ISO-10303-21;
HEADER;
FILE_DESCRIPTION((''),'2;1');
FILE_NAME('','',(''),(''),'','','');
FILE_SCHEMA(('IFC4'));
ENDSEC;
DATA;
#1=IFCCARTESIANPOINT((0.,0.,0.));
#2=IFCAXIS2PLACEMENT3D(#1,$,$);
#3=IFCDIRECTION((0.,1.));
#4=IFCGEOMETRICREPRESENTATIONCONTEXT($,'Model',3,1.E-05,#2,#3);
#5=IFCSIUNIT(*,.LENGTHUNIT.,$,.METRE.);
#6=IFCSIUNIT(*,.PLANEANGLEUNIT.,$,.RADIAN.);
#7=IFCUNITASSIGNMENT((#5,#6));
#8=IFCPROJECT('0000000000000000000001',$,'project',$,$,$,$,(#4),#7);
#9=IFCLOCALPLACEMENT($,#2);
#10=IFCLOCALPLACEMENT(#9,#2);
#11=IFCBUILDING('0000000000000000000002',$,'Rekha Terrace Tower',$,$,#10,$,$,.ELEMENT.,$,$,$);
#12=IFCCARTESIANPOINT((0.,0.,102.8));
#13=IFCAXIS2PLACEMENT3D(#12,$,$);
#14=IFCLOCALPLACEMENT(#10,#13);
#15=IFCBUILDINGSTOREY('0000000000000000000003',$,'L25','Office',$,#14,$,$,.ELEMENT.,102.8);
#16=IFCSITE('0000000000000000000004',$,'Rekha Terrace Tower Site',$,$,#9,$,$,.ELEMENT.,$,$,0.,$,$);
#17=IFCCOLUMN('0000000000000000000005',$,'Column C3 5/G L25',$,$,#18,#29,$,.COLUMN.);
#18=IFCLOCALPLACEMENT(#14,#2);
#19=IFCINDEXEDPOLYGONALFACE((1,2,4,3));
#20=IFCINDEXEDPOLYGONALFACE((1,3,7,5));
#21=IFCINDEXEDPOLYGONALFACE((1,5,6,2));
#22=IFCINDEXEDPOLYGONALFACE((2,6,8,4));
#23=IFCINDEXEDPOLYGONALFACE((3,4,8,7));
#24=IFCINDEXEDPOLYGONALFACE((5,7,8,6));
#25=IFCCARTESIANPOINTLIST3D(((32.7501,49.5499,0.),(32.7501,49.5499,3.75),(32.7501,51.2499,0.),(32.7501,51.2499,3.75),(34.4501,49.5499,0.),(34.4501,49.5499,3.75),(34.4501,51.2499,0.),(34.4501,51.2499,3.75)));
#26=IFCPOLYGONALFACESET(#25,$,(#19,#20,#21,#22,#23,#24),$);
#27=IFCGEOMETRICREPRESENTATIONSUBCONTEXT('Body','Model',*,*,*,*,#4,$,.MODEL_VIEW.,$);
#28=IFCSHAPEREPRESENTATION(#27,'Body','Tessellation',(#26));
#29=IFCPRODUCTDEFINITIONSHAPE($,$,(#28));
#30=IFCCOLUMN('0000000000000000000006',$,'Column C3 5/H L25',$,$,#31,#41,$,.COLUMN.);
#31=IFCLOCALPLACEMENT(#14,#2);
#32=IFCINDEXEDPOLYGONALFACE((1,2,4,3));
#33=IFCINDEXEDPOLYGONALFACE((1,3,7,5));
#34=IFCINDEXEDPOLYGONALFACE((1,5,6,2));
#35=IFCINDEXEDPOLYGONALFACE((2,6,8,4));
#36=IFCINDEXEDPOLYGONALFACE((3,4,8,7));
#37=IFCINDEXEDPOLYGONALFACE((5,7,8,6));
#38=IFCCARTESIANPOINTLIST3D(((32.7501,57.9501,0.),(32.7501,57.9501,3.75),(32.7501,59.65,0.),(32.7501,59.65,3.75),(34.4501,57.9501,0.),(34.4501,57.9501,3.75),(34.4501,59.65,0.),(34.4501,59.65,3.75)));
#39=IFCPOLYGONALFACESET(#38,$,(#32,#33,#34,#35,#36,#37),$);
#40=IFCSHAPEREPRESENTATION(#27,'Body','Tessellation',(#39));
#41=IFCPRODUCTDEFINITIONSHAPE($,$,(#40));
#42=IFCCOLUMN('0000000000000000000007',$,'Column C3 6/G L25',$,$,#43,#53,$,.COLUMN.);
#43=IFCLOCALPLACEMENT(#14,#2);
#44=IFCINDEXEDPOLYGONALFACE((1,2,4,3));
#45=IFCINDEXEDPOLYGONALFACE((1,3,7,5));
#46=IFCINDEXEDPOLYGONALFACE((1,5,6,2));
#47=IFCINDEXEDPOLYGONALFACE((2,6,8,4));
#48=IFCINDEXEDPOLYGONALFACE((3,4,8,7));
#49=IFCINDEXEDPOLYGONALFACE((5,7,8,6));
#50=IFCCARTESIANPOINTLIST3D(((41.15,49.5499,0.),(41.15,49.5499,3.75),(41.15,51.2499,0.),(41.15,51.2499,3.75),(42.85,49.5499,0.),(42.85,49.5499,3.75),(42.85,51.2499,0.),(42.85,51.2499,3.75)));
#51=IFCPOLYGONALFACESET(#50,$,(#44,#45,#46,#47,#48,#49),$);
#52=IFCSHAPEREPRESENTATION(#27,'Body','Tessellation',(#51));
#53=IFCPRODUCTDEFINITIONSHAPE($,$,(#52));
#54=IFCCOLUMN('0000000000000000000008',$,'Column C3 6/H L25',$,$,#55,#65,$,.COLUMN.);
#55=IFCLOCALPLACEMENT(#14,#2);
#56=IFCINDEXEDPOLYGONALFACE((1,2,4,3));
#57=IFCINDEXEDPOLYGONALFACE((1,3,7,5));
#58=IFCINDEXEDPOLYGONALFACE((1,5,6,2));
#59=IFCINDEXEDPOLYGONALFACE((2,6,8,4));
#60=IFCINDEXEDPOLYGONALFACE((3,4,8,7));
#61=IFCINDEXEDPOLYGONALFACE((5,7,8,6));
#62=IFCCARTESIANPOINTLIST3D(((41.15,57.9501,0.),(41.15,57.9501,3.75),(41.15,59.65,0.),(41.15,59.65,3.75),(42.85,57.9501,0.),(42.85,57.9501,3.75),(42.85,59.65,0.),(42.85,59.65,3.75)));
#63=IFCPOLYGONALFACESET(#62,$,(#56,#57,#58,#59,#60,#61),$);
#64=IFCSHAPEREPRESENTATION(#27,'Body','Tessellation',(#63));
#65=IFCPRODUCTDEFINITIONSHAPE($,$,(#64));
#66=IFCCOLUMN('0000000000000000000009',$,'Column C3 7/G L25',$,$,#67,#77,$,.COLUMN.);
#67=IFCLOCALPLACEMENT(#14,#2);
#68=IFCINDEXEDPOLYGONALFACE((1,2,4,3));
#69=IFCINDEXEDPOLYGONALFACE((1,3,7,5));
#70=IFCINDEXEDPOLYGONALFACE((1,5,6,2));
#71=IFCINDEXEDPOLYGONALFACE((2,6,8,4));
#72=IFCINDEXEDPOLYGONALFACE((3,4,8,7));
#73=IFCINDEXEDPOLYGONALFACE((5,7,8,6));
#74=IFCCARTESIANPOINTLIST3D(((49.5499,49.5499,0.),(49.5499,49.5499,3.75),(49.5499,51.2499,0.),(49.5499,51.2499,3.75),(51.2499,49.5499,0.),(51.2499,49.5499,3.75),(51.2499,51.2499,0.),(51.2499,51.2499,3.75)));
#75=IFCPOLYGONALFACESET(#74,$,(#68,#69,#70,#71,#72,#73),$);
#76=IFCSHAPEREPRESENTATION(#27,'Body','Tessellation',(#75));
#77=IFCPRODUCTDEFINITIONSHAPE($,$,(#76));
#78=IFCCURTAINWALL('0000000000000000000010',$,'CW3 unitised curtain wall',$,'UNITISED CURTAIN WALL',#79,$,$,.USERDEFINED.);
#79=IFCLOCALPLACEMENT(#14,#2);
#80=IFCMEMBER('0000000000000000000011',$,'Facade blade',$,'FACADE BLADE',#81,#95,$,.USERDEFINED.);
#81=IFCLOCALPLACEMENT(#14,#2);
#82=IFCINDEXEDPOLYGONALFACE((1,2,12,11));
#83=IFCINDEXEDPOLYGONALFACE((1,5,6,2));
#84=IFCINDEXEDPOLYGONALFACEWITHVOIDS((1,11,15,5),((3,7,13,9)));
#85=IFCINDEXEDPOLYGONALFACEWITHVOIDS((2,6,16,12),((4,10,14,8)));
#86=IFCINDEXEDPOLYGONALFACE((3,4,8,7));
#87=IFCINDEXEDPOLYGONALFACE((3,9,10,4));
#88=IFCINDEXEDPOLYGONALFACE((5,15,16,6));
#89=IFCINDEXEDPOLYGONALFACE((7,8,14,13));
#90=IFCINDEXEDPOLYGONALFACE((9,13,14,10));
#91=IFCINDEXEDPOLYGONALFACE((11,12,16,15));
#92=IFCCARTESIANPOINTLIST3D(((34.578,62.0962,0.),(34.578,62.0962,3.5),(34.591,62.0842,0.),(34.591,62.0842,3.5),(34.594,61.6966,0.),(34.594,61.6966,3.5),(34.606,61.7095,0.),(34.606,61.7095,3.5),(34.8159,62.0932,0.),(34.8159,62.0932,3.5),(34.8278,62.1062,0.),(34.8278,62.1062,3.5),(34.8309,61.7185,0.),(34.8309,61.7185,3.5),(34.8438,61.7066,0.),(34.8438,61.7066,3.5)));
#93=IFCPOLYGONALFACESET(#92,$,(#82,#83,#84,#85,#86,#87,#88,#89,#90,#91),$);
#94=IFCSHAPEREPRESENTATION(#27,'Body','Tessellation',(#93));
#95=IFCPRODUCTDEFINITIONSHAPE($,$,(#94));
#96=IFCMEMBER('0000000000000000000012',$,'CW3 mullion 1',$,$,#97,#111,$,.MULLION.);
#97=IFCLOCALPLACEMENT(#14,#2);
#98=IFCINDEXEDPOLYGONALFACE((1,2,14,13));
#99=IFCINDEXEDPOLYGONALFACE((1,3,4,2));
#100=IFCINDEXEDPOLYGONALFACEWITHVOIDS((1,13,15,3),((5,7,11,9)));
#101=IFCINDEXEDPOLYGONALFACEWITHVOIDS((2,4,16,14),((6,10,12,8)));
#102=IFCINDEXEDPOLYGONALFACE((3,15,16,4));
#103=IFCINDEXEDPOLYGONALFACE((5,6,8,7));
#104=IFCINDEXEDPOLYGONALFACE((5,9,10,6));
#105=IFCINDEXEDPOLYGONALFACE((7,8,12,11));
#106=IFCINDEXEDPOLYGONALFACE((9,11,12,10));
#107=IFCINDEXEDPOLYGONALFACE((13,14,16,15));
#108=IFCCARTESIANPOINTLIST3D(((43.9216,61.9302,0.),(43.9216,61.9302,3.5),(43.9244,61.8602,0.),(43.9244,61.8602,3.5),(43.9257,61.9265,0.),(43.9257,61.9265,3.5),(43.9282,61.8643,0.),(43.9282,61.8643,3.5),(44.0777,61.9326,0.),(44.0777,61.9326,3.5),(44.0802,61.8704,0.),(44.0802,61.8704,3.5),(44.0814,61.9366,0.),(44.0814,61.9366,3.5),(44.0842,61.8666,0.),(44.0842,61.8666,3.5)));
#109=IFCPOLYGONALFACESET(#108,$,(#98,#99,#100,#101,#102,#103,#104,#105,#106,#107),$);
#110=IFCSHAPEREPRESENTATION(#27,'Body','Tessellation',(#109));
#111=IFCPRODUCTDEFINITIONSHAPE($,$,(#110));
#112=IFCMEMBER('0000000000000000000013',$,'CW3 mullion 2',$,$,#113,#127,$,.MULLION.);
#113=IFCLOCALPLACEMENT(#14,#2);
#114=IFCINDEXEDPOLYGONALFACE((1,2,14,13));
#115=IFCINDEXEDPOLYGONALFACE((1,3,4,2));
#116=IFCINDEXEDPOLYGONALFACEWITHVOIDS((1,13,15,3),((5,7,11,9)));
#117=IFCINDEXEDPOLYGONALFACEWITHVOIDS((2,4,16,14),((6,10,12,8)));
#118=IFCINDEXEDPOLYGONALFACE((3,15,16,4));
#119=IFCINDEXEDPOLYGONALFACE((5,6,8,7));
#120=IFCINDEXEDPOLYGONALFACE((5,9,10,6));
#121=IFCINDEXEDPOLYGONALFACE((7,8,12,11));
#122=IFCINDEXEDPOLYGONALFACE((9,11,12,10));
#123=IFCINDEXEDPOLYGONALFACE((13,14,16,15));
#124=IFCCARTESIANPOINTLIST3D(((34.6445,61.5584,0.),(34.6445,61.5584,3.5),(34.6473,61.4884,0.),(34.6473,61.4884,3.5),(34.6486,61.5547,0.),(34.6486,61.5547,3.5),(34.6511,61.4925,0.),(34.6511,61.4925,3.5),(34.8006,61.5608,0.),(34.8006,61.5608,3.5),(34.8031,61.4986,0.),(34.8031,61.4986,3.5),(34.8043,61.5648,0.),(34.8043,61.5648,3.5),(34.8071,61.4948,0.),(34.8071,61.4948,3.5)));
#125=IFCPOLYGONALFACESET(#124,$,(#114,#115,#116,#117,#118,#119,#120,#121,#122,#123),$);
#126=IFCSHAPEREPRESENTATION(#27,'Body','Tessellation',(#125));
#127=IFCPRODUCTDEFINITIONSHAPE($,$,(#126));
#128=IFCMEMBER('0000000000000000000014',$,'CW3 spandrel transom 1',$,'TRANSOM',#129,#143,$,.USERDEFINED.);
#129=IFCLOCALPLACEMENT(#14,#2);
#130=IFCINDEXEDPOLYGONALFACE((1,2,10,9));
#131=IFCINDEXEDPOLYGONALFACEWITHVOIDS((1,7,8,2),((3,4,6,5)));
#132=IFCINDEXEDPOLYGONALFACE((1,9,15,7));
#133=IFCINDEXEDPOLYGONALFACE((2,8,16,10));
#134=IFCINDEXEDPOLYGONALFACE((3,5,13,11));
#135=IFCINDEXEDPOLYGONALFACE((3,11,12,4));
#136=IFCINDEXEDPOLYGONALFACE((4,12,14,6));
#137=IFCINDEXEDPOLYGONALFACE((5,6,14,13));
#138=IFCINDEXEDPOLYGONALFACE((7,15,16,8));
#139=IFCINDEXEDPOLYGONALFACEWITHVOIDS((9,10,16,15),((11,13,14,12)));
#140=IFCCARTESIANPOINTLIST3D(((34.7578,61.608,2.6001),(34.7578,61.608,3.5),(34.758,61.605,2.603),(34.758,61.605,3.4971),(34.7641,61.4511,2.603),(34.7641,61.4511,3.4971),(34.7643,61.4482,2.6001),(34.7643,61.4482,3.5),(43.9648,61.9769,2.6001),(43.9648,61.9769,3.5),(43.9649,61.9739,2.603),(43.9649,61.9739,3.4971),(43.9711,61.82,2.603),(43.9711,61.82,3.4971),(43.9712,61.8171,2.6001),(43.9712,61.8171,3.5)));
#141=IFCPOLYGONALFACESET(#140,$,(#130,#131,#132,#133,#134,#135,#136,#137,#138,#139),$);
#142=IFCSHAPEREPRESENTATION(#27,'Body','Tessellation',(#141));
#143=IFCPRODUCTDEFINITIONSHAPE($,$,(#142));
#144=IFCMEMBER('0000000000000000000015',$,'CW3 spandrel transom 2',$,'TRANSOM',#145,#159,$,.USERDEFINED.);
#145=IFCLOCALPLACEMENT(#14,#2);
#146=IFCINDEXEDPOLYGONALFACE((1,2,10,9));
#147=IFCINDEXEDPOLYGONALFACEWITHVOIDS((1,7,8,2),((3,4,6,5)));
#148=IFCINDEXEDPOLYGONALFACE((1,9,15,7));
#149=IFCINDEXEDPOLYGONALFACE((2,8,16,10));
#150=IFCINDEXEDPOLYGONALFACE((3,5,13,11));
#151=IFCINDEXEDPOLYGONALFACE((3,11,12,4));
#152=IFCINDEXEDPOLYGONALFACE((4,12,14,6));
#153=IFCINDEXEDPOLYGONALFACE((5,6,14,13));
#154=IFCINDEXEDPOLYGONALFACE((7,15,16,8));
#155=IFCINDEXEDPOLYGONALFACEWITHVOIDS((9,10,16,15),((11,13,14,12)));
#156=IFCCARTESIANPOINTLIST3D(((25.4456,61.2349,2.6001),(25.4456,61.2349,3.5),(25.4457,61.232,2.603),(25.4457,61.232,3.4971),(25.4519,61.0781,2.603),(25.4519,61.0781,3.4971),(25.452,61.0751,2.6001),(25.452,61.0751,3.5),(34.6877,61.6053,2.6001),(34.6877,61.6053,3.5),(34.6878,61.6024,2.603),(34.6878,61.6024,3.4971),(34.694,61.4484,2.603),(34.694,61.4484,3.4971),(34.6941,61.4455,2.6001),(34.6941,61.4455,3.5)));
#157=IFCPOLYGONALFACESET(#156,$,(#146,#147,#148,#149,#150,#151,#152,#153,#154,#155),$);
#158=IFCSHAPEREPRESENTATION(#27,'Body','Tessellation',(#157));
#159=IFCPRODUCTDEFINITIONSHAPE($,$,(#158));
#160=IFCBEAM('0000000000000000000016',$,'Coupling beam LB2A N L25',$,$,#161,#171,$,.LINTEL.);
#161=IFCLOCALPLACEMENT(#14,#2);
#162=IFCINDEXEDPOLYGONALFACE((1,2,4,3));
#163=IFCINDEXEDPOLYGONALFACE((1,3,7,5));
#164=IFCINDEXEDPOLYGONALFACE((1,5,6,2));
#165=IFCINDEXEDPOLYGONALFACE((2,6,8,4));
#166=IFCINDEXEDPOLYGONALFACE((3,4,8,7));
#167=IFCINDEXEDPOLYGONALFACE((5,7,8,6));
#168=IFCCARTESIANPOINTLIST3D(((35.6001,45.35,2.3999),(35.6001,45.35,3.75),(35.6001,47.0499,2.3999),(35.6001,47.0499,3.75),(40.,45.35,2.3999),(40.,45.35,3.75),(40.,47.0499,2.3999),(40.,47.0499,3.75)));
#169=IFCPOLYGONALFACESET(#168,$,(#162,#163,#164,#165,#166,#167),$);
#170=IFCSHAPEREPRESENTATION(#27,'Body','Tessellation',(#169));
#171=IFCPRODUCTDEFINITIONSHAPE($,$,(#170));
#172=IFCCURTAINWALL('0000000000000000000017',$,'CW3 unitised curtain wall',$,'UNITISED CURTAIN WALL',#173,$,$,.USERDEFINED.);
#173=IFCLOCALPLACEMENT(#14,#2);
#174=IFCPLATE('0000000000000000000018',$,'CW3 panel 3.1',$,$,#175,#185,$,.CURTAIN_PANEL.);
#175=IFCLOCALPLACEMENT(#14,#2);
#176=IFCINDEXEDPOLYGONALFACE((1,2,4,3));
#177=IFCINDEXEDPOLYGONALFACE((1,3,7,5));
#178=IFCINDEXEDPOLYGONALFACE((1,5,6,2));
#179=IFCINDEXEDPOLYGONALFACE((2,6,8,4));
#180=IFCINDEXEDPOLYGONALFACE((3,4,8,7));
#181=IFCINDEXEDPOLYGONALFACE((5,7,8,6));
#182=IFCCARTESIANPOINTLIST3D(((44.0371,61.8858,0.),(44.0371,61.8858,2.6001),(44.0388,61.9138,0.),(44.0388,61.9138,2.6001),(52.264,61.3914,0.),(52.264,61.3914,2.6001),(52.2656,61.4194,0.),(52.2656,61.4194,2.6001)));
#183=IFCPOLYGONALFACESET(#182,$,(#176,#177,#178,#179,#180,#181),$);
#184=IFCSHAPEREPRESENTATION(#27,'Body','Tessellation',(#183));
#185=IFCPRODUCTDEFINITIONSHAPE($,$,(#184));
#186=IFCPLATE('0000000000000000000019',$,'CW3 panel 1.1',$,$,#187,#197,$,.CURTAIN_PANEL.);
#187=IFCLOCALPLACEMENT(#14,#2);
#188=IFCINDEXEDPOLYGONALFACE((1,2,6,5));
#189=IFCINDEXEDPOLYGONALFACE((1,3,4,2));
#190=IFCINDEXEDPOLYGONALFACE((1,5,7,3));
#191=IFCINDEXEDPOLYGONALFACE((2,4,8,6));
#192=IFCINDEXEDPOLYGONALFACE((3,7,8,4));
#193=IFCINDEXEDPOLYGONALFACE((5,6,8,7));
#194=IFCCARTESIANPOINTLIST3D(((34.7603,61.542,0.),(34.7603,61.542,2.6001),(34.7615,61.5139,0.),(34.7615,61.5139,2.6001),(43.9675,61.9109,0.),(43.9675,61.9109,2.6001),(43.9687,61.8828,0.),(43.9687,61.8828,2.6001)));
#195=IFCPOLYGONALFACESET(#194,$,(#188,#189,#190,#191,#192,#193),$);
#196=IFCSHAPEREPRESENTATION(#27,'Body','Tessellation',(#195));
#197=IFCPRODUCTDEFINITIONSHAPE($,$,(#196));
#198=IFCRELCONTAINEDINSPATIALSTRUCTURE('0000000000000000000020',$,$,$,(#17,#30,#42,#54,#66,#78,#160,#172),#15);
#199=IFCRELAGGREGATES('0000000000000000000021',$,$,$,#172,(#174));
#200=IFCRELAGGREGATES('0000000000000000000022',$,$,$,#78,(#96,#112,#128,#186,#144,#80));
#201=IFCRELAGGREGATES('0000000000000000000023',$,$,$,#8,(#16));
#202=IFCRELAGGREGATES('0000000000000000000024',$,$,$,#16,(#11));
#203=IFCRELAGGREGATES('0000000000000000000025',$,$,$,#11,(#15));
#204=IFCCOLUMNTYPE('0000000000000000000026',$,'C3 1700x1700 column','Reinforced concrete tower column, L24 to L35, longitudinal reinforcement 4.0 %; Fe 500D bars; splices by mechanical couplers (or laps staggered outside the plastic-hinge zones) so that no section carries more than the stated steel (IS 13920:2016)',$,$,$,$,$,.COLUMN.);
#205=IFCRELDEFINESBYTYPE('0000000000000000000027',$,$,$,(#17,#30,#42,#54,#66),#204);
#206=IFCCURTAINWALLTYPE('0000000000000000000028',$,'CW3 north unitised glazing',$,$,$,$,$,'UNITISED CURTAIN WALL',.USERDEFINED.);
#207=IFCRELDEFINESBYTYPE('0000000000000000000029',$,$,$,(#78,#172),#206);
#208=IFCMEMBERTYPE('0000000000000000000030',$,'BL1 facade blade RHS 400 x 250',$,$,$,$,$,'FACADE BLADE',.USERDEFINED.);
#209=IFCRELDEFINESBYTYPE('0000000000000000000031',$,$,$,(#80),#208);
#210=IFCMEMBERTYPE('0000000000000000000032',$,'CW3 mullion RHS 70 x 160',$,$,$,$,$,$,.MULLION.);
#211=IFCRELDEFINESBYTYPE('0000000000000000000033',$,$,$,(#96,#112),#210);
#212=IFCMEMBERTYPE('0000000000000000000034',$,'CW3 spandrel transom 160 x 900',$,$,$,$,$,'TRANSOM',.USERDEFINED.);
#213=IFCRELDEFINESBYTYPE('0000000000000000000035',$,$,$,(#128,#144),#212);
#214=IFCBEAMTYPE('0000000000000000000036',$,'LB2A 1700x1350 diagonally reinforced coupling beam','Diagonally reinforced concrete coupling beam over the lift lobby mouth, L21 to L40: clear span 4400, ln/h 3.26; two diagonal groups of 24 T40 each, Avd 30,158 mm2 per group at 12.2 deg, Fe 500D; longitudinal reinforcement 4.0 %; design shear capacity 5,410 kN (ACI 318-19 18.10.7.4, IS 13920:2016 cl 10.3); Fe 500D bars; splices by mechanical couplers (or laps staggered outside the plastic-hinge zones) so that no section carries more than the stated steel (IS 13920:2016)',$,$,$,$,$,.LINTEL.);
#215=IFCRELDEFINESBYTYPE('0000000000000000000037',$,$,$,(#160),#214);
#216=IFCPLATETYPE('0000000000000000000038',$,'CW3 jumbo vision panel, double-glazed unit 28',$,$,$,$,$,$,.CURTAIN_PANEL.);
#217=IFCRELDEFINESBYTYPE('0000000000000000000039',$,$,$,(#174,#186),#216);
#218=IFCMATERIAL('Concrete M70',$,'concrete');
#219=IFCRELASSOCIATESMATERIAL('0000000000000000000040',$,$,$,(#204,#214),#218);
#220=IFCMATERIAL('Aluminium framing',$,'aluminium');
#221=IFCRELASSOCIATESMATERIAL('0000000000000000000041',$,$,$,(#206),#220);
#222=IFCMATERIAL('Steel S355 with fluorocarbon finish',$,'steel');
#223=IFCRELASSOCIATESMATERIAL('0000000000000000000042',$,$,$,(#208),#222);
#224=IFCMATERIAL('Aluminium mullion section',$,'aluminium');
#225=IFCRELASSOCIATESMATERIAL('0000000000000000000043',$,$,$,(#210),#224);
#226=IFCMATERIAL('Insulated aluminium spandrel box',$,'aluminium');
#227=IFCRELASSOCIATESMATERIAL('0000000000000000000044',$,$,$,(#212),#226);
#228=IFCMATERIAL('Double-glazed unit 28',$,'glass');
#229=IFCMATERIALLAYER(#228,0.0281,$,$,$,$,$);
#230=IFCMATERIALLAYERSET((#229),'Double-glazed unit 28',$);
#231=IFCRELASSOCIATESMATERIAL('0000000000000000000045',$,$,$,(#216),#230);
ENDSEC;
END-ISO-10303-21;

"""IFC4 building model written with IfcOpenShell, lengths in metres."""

from ifc_helpers import new_model, si_unit, direction, frame, origin, origin_2d, place, context, subcontext, project, spatial, rectangle, hollow_rectangle, extrude, material, layer, layer_set, material_profile, profile_set, type_object, element, aggregate, save


model = new_model("IFC4")

# Units and contexts
model_context = context("Model", 3, precision=1e-05, world=origin(), true_north=direction((0.0, 1.0)))
body_context = subcontext(model_context, "Body", "Model", "MODEL_VIEW")
ifc_project = project(units=[si_unit("LENGTHUNIT", "METRE"), si_unit("PLANEANGLEUNIT", "RADIAN")], contexts=[model_context])

# Site, building, storey
site_placement = place(None, origin())
site = spatial("IfcSite", under=ifc_project, at=site_placement, Name="Rekha Terrace Tower Site", CompositionType="ELEMENT", RefElevation=0.0)
building_placement = place(site_placement, origin())
building = spatial("IfcBuilding", under=site, at=building_placement, Name="Rekha Terrace Tower", CompositionType="ELEMENT")
storey_placement = place(building_placement, frame((0.0, 0.0, 102.8)))
storey = spatial("IfcBuildingStorey", under=building, at=storey_placement, Name="L25", Description="Office", CompositionType="ELEMENT", Elevation=102.8)

# Columns
ifc_material_1 = material(Name="Concrete M70", Category="concrete")
ifc_material_profile_1 = material_profile(ifc_material_1, rectangle(XDim=1.7, YDim=1.7, at=origin_2d()), Name="RC 1700x1700")
ifc_profile_set_1 = profile_set([ifc_material_profile_1], Name="Concrete M70")
column_type = type_object("IfcColumnType", Name="C3 1700x1700 column", Description="Reinforced concrete tower column, L24 to L35, longitudinal reinforcement 4.0 %; Fe 500D bars; splices by mechanical couplers (or laps staggered outside the plastic-hinge zones) so that no section carries more than the stated steel (IS 13920:2016)", PredefinedType="COLUMN", material=ifc_profile_set_1)
for number, where, z_axis, x_axis, name in (
    (1, (33.6001, 50.3999, 0.0), (0.0, 0.0, 1.0), (1.0, 0.0, 0.0), "Column C3 5/G L25"),
    (2, (33.6001, 58.8, 0.0), (0.0, 0.0, 1.0), (1.0, 0.0, 0.0), "Column C3 5/H L25"),
    (3, (42.0, 50.3999, 0.0), (0.0, 0.0, 1.0), (1.0, 0.0, 0.0), "Column C3 6/G L25"),
    (4, (42.0, 58.8, 0.0), (0.0, 0.0, 1.0), (1.0, 0.0, 0.0), "Column C3 6/H L25"),
    (5, (50.3999, 50.3999, 0.0), (0.0, 0.0, 1.0), (1.0, 0.0, 0.0), "Column C3 7/G L25"),
):
    element("IfcColumn", number, at=place(storey_placement, frame(where, z_axis=z_axis, x_axis=x_axis)), inside=storey, type_object=column_type, Name=name, PredefinedType="COLUMN", context=body_context, shape_type="SweptSolid", body=[
        extrude(rectangle(XDim=1.7, YDim=1.7, at=origin_2d()), origin(), (0.0, 0.0, 1.0), 3.75),
    ])

# Curtain wall, members
ifc_material_2 = material(Name="Aluminium framing", Category="aluminium")
curtain_wall_type = type_object("IfcCurtainWallType", Name="CW3 north unitised glazing", ElementType="UNITISED CURTAIN WALL", PredefinedType="USERDEFINED", material=ifc_material_2)
curtain_wall_1_placement = place(storey_placement, origin())
curtain_wall_1 = element("IfcCurtainWall", 6, at=curtain_wall_1_placement, inside=storey, type_object=curtain_wall_type, Name="CW3 unitised curtain wall", ObjectType="UNITISED CURTAIN WALL", PredefinedType="USERDEFINED")
ifc_material_3 = material(Name="Steel S355 with fluorocarbon finish", Category="steel")
ifc_material_profile_2 = material_profile(ifc_material_3, hollow_rectangle(XDim=0.25, YDim=0.3999, WallThickness=0.0125, at=origin_2d()), Name="RHS400x250x12.5")
ifc_profile_set_2 = profile_set([ifc_material_profile_2], Name="Steel S355 with fluorocarbon finish")
member_type_1 = type_object("IfcMemberType", Name="BL1 facade blade RHS 400 x 250", ElementType="FACADE BLADE", PredefinedType="USERDEFINED", material=ifc_profile_set_2)
member_1_placement = place(storey_placement, frame((34.7109, 61.9014, 0.0), z_axis=(0.0, 0.0, 1.0), x_axis=(-0.999198, -0.040032, 0.0)))
member_1 = element("IfcMember", 7, at=member_1_placement, type_object=member_type_1, Name="Facade blade", ObjectType="FACADE BLADE", PredefinedType="USERDEFINED", context=body_context, shape_type="SweptSolid", body=[
    extrude(hollow_rectangle(XDim=0.25, YDim=0.3999, WallThickness=0.0125, at=origin_2d()), origin(), (0.0, 0.0, 1.0), 3.5),
])
ifc_material_4 = material(Name="Aluminium mullion section", Category="aluminium")
ifc_material_profile_3 = material_profile(ifc_material_4, hollow_rectangle(XDim=0.0701, YDim=0.1599, WallThickness=0.0039, at=origin_2d()), Name="AL RHS 70x160")
ifc_profile_set_3 = profile_set([ifc_material_profile_3], Name="Aluminium mullion section")
member_type_2 = type_object("IfcMemberType", Name="CW3 mullion RHS 70 x 160", PredefinedType="MULLION", material=ifc_profile_set_3)
member_2_placement = place(storey_placement, frame((44.0029, 61.8984, 0.0), z_axis=(0.0, 0.0, 1.0), x_axis=(0.040032, -0.999198, 0.0)))
member_2 = element("IfcMember", 8, at=member_2_placement, type_object=member_type_2, Name="CW3 mullion 1", PredefinedType="MULLION", context=body_context, shape_type="SweptSolid", body=[
    extrude(hollow_rectangle(XDim=0.0701, YDim=0.1599, WallThickness=0.0039, at=origin_2d()), origin(), (0.0, 0.0, 1.0), 3.5),
])
member_3_placement = place(storey_placement, frame((34.7258, 61.5266, 0.0), z_axis=(0.0, 0.0, 1.0), x_axis=(0.040032, -0.999198, 0.0)))
member_3 = element("IfcMember", 9, at=member_3_placement, type_object=member_type_2, Name="CW3 mullion 2", PredefinedType="MULLION", context=body_context, shape_type="SweptSolid", body=[
    extrude(hollow_rectangle(XDim=0.0701, YDim=0.1599, WallThickness=0.0039, at=origin_2d()), origin(), (0.0, 0.0, 1.0), 3.5),
])
ifc_material_5 = material(Name="Insulated aluminium spandrel box", Category="aluminium")
ifc_material_profile_4 = material_profile(ifc_material_5, hollow_rectangle(XDim=0.1599, YDim=0.8999, WallThickness=0.0029, at=origin_2d()), Name="AL SPANDREL BOX 160x900")
ifc_profile_set_4 = profile_set([ifc_material_profile_4], Name="Insulated aluminium spandrel box")
member_type_3 = type_object("IfcMemberType", Name="CW3 spandrel transom 160 x 900", ElementType="TRANSOM", PredefinedType="USERDEFINED", material=ifc_profile_set_4)
member_4_placement = place(storey_placement, frame((43.968, 61.897, 3.05), z_axis=(-0.999198, -0.040035, 0.0), x_axis=(0.040035, -0.999198, 0.0)))
member_4 = element("IfcMember", 10, at=member_4_placement, type_object=member_type_3, Name="CW3 spandrel transom 1", ObjectType="TRANSOM", PredefinedType="USERDEFINED", context=body_context, shape_type="SweptSolid", body=[
    extrude(hollow_rectangle(XDim=0.1599, YDim=0.8999, WallThickness=0.0029, at=origin_2d()), origin(), (0.0, 0.0, 1.0), 9.2144),
])
member_5_placement = place(storey_placement, frame((34.6909, 61.5254, 3.05), z_axis=(-0.999198, -0.040041, 0.0), x_axis=(0.040041, -0.999198, 0.0)))
member_5 = element("IfcMember", 11, at=member_5_placement, type_object=member_type_3, Name="CW3 spandrel transom 2", ObjectType="TRANSOM", PredefinedType="USERDEFINED", context=body_context, shape_type="SweptSolid", body=[
    extrude(hollow_rectangle(XDim=0.1599, YDim=0.8999, WallThickness=0.0029, at=origin_2d()), origin(), (0.0, 0.0, 1.0), 9.2495),
])

# Beam
ifc_material_profile_5 = material_profile(ifc_material_1, rectangle(XDim=1.7, YDim=1.3501, at=origin_2d()), Name="RC 1700x1350")
ifc_profile_set_5 = profile_set([ifc_material_profile_5], Name="Concrete M70")
beam_type = type_object("IfcBeamType", Name="LB2A 1700x1350 diagonally reinforced coupling beam", Description="Diagonally reinforced concrete coupling beam over the lift lobby mouth, L21 to L40: clear span 4400, ln/h 3.26; two diagonal groups of 24 T40 each, Avd 30,158 mm2 per group at 12.2 deg, Fe 500D; longitudinal reinforcement 4.0 %; design shear capacity 5,410 kN (ACI 318-19 18.10.7.4, IS 13920:2016 cl 10.3); Fe 500D bars; splices by mechanical couplers (or laps staggered outside the plastic-hinge zones) so that no section carries more than the stated steel (IS 13920:2016)", PredefinedType="LINTEL", material=ifc_profile_set_5)
beam_placement = place(storey_placement, frame((35.6001, 46.2, 3.075), z_axis=(1.0, 0.0, 0.0), x_axis=(0.0, 1.0, 0.0)))
element("IfcBeam", 12, at=beam_placement, inside=storey, type_object=beam_type, Name="Coupling beam LB2A N L25", PredefinedType="LINTEL", context=body_context, shape_type="SweptSolid", body=[
    extrude(rectangle(XDim=1.7, YDim=1.3501, at=origin_2d()), origin(), (0.0, 0.0, 1.0), 4.3999),
])

# Curtain wall, plate
curtain_wall_2_placement = place(storey_placement, origin())
curtain_wall_2 = element("IfcCurtainWall", 13, at=curtain_wall_2_placement, inside=storey, type_object=curtain_wall_type, Name="CW3 unitised curtain wall", ObjectType="UNITISED CURTAIN WALL", PredefinedType="USERDEFINED")
ifc_material_6 = material(Name="Double-glazed unit 28", Category="glass")
ifc_layer_1 = layer(ifc_material_6, 0.0281)
ifc_layer_set_1 = layer_set([ifc_layer_1], Name="Double-glazed unit 28")
plate_type = type_object("IfcPlateType", Name="CW3 jumbo vision panel, double-glazed unit 28", PredefinedType="CURTAIN_PANEL", material=ifc_layer_set_1)
plate_1_placement = place(storey_placement, frame((48.1514, 61.6526, 0.0), z_axis=(0.0, 0.0, 1.0), x_axis=(-0.998199, 0.059988, 0.0)))
plate_1 = element("IfcPlate", 14, at=plate_1_placement, type_object=plate_type, Name="CW3 panel 3.1", PredefinedType="CURTAIN_PANEL", context=body_context, shape_type="SweptSolid", body=[
    extrude(rectangle(XDim=8.2417, YDim=0.0281, at=origin_2d()), origin(), (0.0, 0.0, 1.0), 2.6001),
])
aggregate(curtain_wall_2, [plate_1])

# Plate
plate_2_placement = place(storey_placement, frame((39.3645, 61.7124, 0.0), z_axis=(0.0, 0.0, 1.0), x_axis=(-0.999198, -0.040032, 0.0)))
plate_2 = element("IfcPlate", 15, at=plate_2_placement, type_object=plate_type, Name="CW3 panel 1.1", PredefinedType="CURTAIN_PANEL", context=body_context, shape_type="SweptSolid", body=[
    extrude(rectangle(XDim=9.2146, YDim=0.0281, at=origin_2d()), origin(), (0.0, 0.0, 1.0), 2.6001),
])
aggregate(curtain_wall_1, [member_2, member_3, member_4, plate_2, member_5, member_1])

save(model, "model.ifc")
